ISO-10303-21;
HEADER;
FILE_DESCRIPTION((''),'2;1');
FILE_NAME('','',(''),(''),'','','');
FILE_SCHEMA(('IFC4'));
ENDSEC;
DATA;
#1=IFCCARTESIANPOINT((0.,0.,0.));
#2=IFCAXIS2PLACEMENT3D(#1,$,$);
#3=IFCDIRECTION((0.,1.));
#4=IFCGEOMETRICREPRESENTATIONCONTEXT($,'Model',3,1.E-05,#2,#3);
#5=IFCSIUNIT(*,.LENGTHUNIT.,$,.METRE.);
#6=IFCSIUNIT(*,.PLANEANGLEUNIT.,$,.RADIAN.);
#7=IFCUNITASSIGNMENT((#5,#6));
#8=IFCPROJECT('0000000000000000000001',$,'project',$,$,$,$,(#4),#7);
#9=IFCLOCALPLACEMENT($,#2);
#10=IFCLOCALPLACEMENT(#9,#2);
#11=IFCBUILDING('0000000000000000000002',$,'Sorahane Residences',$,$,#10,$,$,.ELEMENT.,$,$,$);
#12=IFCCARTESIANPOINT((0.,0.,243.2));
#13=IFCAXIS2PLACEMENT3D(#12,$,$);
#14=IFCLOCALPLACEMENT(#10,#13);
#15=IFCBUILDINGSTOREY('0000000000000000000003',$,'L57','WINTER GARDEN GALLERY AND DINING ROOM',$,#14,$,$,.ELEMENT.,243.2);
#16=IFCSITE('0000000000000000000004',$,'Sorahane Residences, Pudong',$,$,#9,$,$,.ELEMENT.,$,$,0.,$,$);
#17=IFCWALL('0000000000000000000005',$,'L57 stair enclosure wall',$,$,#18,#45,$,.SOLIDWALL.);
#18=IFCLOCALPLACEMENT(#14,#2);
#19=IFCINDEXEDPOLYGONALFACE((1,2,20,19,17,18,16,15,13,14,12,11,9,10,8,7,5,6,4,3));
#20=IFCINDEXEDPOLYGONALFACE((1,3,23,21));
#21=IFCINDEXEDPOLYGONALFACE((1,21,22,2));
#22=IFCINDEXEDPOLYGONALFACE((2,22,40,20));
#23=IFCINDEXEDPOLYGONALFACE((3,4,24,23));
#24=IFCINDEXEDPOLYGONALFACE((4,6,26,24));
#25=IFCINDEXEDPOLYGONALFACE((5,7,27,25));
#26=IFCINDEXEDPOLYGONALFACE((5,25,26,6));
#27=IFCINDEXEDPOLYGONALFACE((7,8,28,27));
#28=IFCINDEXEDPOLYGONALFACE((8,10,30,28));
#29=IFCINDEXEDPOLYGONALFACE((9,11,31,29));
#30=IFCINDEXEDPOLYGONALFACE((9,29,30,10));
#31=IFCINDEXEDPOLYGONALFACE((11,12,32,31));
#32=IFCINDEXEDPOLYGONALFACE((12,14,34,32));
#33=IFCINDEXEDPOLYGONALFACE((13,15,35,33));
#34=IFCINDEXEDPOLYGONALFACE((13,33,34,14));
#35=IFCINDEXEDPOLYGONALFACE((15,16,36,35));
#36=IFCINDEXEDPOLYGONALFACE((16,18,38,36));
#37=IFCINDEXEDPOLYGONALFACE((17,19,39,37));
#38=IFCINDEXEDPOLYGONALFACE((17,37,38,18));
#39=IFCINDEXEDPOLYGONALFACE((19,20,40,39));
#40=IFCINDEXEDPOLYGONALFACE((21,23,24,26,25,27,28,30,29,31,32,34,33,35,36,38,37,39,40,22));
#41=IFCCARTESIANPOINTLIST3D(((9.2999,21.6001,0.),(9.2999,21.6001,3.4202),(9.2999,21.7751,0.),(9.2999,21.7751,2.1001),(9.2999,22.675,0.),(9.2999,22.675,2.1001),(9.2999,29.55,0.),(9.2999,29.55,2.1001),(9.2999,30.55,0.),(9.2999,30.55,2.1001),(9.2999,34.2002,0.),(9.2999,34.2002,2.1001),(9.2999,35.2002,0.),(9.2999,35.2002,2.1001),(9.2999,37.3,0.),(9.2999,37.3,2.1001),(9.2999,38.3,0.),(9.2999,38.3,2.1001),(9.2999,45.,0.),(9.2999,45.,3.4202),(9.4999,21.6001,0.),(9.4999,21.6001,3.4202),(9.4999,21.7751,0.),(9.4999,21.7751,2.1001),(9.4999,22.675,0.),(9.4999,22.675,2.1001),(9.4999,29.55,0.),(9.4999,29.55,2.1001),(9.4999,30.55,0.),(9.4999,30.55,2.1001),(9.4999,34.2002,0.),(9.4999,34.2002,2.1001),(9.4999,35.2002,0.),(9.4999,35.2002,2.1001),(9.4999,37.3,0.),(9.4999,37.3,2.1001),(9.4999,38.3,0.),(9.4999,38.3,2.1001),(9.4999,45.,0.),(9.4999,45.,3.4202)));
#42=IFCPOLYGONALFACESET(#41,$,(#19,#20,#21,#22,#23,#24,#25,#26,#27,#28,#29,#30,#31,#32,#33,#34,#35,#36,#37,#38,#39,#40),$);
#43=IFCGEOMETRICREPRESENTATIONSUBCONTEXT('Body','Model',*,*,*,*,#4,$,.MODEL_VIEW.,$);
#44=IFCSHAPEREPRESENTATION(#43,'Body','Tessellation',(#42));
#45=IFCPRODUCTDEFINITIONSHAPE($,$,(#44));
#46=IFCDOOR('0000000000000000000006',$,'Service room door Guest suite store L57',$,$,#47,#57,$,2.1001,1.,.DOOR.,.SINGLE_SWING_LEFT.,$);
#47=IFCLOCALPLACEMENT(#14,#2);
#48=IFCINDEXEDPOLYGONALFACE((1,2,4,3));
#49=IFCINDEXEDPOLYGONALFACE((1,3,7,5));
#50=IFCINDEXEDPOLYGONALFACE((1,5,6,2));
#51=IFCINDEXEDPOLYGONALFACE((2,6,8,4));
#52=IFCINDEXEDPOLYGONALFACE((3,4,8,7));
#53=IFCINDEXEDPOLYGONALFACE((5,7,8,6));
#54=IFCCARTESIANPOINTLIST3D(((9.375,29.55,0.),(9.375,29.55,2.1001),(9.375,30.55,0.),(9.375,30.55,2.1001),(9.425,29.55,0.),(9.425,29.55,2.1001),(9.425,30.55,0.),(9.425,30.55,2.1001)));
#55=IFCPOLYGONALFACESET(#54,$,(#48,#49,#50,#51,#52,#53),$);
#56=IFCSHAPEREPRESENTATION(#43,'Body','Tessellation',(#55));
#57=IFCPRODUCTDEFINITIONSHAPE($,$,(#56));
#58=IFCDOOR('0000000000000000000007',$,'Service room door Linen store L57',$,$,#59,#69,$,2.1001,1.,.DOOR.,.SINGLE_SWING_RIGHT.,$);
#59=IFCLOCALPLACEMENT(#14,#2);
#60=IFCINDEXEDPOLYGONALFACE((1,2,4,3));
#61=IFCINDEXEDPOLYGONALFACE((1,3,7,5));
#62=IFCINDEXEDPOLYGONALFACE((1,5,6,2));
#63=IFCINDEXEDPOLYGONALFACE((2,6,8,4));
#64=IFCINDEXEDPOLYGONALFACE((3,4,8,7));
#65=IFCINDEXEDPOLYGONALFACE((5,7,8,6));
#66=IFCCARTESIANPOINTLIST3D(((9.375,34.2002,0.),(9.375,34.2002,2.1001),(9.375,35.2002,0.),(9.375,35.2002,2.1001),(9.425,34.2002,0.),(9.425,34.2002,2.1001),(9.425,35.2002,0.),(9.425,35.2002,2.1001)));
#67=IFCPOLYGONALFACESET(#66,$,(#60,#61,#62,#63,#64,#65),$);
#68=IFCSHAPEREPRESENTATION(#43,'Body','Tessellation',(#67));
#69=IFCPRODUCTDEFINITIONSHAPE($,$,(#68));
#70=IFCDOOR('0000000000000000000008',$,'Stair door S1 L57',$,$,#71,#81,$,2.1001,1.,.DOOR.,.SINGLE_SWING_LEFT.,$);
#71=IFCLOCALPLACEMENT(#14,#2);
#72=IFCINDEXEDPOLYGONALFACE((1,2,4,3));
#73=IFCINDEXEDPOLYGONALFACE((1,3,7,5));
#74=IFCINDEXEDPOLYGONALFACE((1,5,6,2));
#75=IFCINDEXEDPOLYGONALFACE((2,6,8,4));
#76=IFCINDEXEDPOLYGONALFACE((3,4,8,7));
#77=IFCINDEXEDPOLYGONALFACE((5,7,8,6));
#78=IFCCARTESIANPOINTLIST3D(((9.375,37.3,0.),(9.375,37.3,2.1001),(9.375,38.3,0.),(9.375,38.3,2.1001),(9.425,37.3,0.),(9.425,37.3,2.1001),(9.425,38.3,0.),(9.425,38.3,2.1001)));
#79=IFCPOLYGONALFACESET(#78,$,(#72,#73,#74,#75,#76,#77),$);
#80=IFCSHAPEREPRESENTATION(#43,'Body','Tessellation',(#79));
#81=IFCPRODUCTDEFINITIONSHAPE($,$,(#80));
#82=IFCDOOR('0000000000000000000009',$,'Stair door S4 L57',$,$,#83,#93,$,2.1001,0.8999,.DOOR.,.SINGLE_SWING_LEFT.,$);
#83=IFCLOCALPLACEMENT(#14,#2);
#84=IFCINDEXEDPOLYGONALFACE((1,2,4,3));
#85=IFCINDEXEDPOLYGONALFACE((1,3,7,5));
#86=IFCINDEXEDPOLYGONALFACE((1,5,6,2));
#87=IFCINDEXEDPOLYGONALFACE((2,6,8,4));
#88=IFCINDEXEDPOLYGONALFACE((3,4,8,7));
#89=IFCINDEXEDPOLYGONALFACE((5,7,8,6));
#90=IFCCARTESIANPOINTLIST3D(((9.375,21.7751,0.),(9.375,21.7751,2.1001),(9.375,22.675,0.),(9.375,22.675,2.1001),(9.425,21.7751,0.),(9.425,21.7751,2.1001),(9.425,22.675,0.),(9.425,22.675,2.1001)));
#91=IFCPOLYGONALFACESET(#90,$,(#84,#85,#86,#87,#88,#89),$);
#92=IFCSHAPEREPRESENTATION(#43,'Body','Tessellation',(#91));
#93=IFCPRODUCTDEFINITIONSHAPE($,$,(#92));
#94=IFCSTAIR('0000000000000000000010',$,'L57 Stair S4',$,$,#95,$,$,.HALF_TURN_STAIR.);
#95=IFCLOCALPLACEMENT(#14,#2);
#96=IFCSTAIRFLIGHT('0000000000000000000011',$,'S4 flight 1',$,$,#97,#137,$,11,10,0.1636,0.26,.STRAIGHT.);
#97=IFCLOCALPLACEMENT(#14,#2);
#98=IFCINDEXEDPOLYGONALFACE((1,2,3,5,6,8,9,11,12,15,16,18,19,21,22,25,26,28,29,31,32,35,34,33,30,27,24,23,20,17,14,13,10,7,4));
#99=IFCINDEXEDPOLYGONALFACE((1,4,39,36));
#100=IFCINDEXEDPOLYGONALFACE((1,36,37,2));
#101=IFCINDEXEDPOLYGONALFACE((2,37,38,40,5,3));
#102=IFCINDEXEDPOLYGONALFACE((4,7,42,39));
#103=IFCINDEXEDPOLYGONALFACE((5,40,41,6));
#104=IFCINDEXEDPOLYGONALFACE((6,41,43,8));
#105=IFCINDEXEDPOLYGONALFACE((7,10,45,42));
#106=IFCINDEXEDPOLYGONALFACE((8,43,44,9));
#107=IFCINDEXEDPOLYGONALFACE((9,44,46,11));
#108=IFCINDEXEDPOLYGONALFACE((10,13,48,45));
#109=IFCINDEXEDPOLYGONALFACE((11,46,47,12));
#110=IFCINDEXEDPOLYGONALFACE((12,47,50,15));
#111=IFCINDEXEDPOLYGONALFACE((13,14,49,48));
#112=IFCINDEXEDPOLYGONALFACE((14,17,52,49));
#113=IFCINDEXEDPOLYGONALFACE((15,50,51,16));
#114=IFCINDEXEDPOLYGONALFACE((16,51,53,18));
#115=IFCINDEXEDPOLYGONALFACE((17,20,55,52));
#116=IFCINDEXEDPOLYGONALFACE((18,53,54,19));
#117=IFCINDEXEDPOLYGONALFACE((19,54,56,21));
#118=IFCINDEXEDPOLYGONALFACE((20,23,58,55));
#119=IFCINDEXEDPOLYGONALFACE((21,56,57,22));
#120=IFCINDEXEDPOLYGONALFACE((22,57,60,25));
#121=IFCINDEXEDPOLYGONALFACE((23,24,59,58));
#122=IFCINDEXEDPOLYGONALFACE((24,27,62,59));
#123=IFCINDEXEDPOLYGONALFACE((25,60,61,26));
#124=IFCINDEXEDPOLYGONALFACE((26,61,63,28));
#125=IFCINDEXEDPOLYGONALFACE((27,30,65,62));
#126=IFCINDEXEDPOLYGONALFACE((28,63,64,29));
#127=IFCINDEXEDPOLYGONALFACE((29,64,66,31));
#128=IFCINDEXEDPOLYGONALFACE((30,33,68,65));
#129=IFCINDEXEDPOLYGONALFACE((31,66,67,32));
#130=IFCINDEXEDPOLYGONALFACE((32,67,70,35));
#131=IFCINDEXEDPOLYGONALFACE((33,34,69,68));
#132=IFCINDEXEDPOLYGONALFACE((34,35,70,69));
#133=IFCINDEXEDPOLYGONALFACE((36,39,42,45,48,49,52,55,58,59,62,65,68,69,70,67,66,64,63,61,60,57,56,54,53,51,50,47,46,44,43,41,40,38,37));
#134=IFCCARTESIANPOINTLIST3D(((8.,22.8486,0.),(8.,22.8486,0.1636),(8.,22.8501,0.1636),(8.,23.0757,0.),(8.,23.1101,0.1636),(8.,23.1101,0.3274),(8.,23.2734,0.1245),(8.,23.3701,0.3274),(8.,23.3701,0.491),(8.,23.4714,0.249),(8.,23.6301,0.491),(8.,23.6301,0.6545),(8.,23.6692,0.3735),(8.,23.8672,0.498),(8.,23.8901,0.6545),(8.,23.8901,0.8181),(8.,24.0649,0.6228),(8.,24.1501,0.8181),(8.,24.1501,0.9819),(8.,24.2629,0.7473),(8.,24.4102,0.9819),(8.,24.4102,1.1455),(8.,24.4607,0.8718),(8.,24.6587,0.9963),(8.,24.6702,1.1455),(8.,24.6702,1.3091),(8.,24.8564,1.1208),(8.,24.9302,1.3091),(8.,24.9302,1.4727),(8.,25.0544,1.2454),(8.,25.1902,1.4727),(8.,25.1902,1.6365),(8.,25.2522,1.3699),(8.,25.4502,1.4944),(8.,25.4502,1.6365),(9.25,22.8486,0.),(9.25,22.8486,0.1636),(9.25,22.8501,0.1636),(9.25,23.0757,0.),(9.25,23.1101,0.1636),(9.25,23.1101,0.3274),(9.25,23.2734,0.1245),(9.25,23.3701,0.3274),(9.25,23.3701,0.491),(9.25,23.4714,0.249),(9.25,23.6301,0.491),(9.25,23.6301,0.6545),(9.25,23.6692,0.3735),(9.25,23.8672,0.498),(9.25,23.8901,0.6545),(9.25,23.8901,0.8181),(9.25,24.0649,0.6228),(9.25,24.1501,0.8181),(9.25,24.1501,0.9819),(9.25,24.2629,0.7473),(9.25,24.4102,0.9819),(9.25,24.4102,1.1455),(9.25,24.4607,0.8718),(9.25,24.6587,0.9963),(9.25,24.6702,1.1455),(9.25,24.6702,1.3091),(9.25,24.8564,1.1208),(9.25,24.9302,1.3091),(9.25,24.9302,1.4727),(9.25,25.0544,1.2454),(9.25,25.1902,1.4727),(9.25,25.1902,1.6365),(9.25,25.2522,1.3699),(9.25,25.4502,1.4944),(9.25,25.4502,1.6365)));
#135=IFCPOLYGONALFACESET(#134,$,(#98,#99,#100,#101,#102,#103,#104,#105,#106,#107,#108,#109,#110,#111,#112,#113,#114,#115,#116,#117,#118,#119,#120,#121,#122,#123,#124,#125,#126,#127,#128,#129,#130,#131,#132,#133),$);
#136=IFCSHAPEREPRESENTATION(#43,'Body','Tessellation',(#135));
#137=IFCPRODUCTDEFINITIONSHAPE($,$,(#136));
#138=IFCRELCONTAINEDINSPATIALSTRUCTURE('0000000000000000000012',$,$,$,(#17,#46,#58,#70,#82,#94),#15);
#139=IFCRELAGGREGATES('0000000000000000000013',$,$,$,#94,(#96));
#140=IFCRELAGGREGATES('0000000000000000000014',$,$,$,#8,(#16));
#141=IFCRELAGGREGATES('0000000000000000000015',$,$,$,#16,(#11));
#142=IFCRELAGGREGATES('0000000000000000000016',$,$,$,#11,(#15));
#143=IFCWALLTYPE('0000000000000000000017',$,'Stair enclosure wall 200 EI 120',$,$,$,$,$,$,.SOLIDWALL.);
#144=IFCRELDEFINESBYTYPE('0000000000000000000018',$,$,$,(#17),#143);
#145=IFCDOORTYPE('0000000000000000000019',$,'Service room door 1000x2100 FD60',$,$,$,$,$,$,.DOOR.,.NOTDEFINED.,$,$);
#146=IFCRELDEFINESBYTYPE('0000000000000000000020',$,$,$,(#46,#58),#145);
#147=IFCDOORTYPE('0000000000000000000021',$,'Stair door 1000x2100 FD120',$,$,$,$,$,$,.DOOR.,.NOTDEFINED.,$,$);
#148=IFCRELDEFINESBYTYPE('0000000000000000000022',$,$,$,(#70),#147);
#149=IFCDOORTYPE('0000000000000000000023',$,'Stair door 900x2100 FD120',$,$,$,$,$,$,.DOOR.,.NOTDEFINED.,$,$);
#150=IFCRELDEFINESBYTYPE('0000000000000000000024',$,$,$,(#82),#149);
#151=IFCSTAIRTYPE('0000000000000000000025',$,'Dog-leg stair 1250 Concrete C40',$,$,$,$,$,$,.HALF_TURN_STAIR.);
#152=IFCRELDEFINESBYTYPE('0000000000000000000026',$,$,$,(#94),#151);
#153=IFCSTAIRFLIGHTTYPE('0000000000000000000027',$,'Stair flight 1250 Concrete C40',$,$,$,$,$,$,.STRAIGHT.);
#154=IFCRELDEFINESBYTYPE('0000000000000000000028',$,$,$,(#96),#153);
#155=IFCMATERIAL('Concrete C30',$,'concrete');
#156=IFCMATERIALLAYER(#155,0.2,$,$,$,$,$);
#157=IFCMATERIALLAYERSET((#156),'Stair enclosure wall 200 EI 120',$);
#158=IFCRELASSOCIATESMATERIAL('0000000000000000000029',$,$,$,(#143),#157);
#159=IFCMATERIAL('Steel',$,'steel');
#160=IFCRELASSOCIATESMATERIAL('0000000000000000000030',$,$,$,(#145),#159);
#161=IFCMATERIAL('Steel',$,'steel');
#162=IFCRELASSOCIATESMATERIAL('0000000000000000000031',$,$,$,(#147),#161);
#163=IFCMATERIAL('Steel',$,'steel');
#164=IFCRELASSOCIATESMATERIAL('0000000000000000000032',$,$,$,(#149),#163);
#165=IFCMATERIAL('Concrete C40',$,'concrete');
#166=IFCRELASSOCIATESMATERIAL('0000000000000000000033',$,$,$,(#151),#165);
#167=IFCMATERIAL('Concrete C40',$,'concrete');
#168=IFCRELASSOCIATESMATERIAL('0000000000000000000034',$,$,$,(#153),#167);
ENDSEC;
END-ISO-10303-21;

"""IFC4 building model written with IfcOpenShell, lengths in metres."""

from ifc_helpers import new_model, si_unit, direction, frame, frame_2d, origin, place, context, subcontext, project, spatial, polyline, rectangle, outline, extrude, material, layer, layer_set, type_object, element, fill, aggregate, save


model = new_model("IFC4")

# Units and contexts
model_context = context("Model", 3, precision=1e-05, world=origin(), true_north=direction((0.0, 1.0)))
body_context = subcontext(model_context, "Body", "Model", "MODEL_VIEW")
ifc_project = project(units=[si_unit("LENGTHUNIT", "METRE"), si_unit("PLANEANGLEUNIT", "RADIAN")], contexts=[model_context])

# Site, building, storey
site_placement = place(None, origin())
site = spatial("IfcSite", under=ifc_project, at=site_placement, Name="Sorahane Residences, Pudong", CompositionType="ELEMENT", RefElevation=0.0)
building_placement = place(site_placement, origin())
building = spatial("IfcBuilding", under=site, at=building_placement, Name="Sorahane Residences", CompositionType="ELEMENT")
storey_placement = place(building_placement, frame((0.0, 0.0, 243.2)))
storey = spatial("IfcBuildingStorey", under=building, at=storey_placement, Name="L57", Description="WINTER GARDEN GALLERY AND DINING ROOM", CompositionType="ELEMENT", Elevation=243.2)

# Wall, openings, doors
ifc_material_1 = material(Name="Concrete C30", Category="concrete")
ifc_layer_1 = layer(ifc_material_1, 0.2)
ifc_layer_set_1 = layer_set([ifc_layer_1], Name="Stair enclosure wall 200 EI 120")
wall_type_1 = type_object("IfcWallType", Name="Stair enclosure wall 200 EI 120", PredefinedType="SOLIDWALL", material=ifc_layer_set_1)
wall_1_placement = place(storey_placement, frame((9.3999, 21.6001, 0.0), z_axis=(0.0, 0.0, 1.0), x_axis=(0.0, 1.0, 0.0)))
wall_1 = element("IfcWall", 1, at=wall_1_placement, inside=storey, type_object=wall_type_1, Name="L57 stair enclosure wall", PredefinedType="SOLIDWALL", context=body_context, shape_type="SweptSolid", body=[
    extrude(rectangle(XDim=23.3999, YDim=0.2, at=frame_2d((11.7, 0.0))), origin(), (0.0, 0.0, 1.0), 3.4202),
])
opening_1_placement = place(wall_1_placement, frame((7.95, 0.0, 0.0)))
opening_1 = element("IfcOpeningElement", 2, at=opening_1_placement, cuts=wall_1, PredefinedType="OPENING", context=body_context, shape_type="SweptSolid", body=[
    extrude(rectangle(XDim=1.0, YDim=2.1001, at=frame_2d((0.5, 1.05))), frame((0.0, 0.1099, 0.0), z_axis=(0.0, -1.0, 0.0), x_axis=(1.0, 0.0, 0.0)), (0.0, 0.0, 1.0), 0.22),
])
opening_2_placement = place(wall_1_placement, frame((12.6001, 0.0, 0.0)))
opening_2 = element("IfcOpeningElement", 3, at=opening_2_placement, cuts=wall_1, PredefinedType="OPENING", context=body_context, shape_type="SweptSolid", body=[
    extrude(rectangle(XDim=1.0, YDim=2.1001, at=frame_2d((0.5, 1.05))), frame((0.0, 0.1099, 0.0), z_axis=(0.0, -1.0, 0.0), x_axis=(1.0, 0.0, 0.0)), (0.0, 0.0, 1.0), 0.22),
])
opening_3_placement = place(wall_1_placement, frame((15.7, 0.0, 0.0)))
opening_3 = element("IfcOpeningElement", 4, at=opening_3_placement, cuts=wall_1, PredefinedType="OPENING", context=body_context, shape_type="SweptSolid", body=[
    extrude(rectangle(XDim=1.0, YDim=2.1001, at=frame_2d((0.5, 1.05))), frame((0.0, 0.1099, 0.0), z_axis=(0.0, -1.0, 0.0), x_axis=(1.0, 0.0, 0.0)), (0.0, 0.0, 1.0), 0.22),
])
opening_4_placement = place(wall_1_placement, frame((0.175, 0.0, 0.0)))
opening_4 = element("IfcOpeningElement", 5, at=opening_4_placement, cuts=wall_1, PredefinedType="OPENING", context=body_context, shape_type="SweptSolid", body=[
    extrude(rectangle(XDim=0.8999, YDim=2.1001, at=frame_2d((0.45, 1.05))), frame((0.0, 0.1099, 0.0), z_axis=(0.0, -1.0, 0.0), x_axis=(1.0, 0.0, 0.0)), (0.0, 0.0, 1.0), 0.22),
])
ifc_material_2 = material(Name="Steel", Category="steel")
door_type_1 = type_object("IfcDoorType", Name="Service room door 1000x2100 FD60", OperationType="NOTDEFINED", PredefinedType="DOOR", material=ifc_material_2)
door_1_placement = place(opening_1_placement, origin())
door_1 = element("IfcDoor", 6, at=door_1_placement, inside=storey, type_object=door_type_1, Name="Service room door Guest suite store L57", OperationType="SINGLE_SWING_LEFT", OverallHeight=2.1001, OverallWidth=1.0, PredefinedType="DOOR", context=body_context, shape_type="SweptSolid", body=[
    extrude(rectangle(XDim=1.0, YDim=2.1001, at=frame_2d((0.5, 1.05))), frame((0.0, 0.0249, 0.0), z_axis=(0.0, -1.0, 0.0), x_axis=(1.0, 0.0, 0.0)), (0.0, 0.0, 1.0), 0.05),
])
fill(opening_1, door_1)
door_2_placement = place(opening_2_placement, origin())
door_2 = element("IfcDoor", 7, at=door_2_placement, inside=storey, type_object=door_type_1, Name="Service room door Linen store L57", OperationType="SINGLE_SWING_RIGHT", OverallHeight=2.1001, OverallWidth=1.0, PredefinedType="DOOR", context=body_context, shape_type="SweptSolid", body=[
    extrude(rectangle(XDim=1.0, YDim=2.1001, at=frame_2d((0.5, 1.05))), frame((0.0, 0.0249, 0.0), z_axis=(0.0, -1.0, 0.0), x_axis=(1.0, 0.0, 0.0)), (0.0, 0.0, 1.0), 0.05),
])
fill(opening_2, door_2)
ifc_material_3 = material(Name="Steel", Category="steel")
door_type_2 = type_object("IfcDoorType", Name="Stair door 1000x2100 FD120", OperationType="NOTDEFINED", PredefinedType="DOOR", material=ifc_material_3)
door_3_placement = place(opening_3_placement, origin())
door_3 = element("IfcDoor", 8, at=door_3_placement, inside=storey, type_object=door_type_2, Name="Stair door S1 L57", OperationType="SINGLE_SWING_LEFT", OverallHeight=2.1001, OverallWidth=1.0, PredefinedType="DOOR", context=body_context, shape_type="SweptSolid", body=[
    extrude(rectangle(XDim=1.0, YDim=2.1001, at=frame_2d((0.5, 1.05))), frame((0.0, 0.0249, 0.0), z_axis=(0.0, -1.0, 0.0), x_axis=(1.0, 0.0, 0.0)), (0.0, 0.0, 1.0), 0.05),
])
fill(opening_3, door_3)
ifc_material_4 = material(Name="Steel", Category="steel")
door_type_3 = type_object("IfcDoorType", Name="Stair door 900x2100 FD120", OperationType="NOTDEFINED", PredefinedType="DOOR", material=ifc_material_4)
door_4_placement = place(opening_4_placement, origin())
door_4 = element("IfcDoor", 9, at=door_4_placement, inside=storey, type_object=door_type_3, Name="Stair door S4 L57", OperationType="SINGLE_SWING_LEFT", OverallHeight=2.1001, OverallWidth=0.8999, PredefinedType="DOOR", context=body_context, shape_type="SweptSolid", body=[
    extrude(rectangle(XDim=0.8999, YDim=2.1001, at=frame_2d((0.45, 1.05))), frame((0.0, 0.0249, 0.0), z_axis=(0.0, -1.0, 0.0), x_axis=(1.0, 0.0, 0.0)), (0.0, 0.0, 1.0), 0.05),
])
fill(opening_4, door_4)

# Stair, stair flight
ifc_material_5 = material(Name="Concrete C40", Category="concrete")
stair_type = type_object("IfcStairType", Name="Dog-leg stair 1250 Concrete C40", PredefinedType="HALF_TURN_STAIR", material=ifc_material_5)
stair_placement = place(storey_placement, origin())
stair = element("IfcStair", 10, at=stair_placement, inside=storey, type_object=stair_type, Name="L57 Stair S4", PredefinedType="HALF_TURN_STAIR")
ifc_material_6 = material(Name="Concrete C40", Category="concrete")
stair_flight_type = type_object("IfcStairFlightType", Name="Stair flight 1250 Concrete C40", PredefinedType="STRAIGHT", material=ifc_material_6)
stair_flight_placement = place(storey_placement, frame((8.625, 22.8501, 0.0), z_axis=(0.0, 0.0, 1.0), x_axis=(0.0, 1.0, 0.0)))
stair_flight = element("IfcStairFlight", 11, at=stair_flight_placement, type_object=stair_flight_type, Name="S4 flight 1", NumberOfRisers=11, NumberOfTreads=10, PredefinedType="STRAIGHT", RiserHeight=0.1636, TreadLength=0.26, context=body_context, shape_type="SweptSolid", body=[
    extrude(outline(polyline([(-0.0015, 0.0), (-0.0015, 0.1636), (0.0, 0.1636), (0.26, 0.1636), (0.26, 0.3274), (0.52, 0.3274), (0.52, 0.491), (0.78, 0.491), (0.78, 0.6545), (1.04, 0.6545), (1.04, 0.8181), (1.3, 0.8181), (1.3, 0.9819), (1.5601, 0.9819), (1.5601, 1.1455), (1.8201, 1.1455), (1.8201, 1.3091), (2.0801, 1.3091), (2.0801, 1.4727), (2.3401, 1.4727), (2.3401, 1.6365), (2.6001, 1.6365), (2.6001, 1.8), (2.6001, 1.4944), (2.4021, 1.3699), (2.2043, 1.2454), (2.0063, 1.1208), (1.8086, 0.9963), (1.6106, 0.8718), (1.4128, 0.7473), (1.2148, 0.6228), (1.0171, 0.498), (0.8191, 0.3735), (0.6213, 0.249), (0.4233, 0.1245), (0.2256, 0.0), (-0.0015, 0.0)])), frame((0.0, 0.625, 0.0), z_axis=(0.0, -1.0, 0.0), x_axis=(1.0, 0.0, 0.0)), (0.0, 0.0, 1.0), 1.25),
])
aggregate(stair, [stair_flight])

save(model, "model.ifc")
